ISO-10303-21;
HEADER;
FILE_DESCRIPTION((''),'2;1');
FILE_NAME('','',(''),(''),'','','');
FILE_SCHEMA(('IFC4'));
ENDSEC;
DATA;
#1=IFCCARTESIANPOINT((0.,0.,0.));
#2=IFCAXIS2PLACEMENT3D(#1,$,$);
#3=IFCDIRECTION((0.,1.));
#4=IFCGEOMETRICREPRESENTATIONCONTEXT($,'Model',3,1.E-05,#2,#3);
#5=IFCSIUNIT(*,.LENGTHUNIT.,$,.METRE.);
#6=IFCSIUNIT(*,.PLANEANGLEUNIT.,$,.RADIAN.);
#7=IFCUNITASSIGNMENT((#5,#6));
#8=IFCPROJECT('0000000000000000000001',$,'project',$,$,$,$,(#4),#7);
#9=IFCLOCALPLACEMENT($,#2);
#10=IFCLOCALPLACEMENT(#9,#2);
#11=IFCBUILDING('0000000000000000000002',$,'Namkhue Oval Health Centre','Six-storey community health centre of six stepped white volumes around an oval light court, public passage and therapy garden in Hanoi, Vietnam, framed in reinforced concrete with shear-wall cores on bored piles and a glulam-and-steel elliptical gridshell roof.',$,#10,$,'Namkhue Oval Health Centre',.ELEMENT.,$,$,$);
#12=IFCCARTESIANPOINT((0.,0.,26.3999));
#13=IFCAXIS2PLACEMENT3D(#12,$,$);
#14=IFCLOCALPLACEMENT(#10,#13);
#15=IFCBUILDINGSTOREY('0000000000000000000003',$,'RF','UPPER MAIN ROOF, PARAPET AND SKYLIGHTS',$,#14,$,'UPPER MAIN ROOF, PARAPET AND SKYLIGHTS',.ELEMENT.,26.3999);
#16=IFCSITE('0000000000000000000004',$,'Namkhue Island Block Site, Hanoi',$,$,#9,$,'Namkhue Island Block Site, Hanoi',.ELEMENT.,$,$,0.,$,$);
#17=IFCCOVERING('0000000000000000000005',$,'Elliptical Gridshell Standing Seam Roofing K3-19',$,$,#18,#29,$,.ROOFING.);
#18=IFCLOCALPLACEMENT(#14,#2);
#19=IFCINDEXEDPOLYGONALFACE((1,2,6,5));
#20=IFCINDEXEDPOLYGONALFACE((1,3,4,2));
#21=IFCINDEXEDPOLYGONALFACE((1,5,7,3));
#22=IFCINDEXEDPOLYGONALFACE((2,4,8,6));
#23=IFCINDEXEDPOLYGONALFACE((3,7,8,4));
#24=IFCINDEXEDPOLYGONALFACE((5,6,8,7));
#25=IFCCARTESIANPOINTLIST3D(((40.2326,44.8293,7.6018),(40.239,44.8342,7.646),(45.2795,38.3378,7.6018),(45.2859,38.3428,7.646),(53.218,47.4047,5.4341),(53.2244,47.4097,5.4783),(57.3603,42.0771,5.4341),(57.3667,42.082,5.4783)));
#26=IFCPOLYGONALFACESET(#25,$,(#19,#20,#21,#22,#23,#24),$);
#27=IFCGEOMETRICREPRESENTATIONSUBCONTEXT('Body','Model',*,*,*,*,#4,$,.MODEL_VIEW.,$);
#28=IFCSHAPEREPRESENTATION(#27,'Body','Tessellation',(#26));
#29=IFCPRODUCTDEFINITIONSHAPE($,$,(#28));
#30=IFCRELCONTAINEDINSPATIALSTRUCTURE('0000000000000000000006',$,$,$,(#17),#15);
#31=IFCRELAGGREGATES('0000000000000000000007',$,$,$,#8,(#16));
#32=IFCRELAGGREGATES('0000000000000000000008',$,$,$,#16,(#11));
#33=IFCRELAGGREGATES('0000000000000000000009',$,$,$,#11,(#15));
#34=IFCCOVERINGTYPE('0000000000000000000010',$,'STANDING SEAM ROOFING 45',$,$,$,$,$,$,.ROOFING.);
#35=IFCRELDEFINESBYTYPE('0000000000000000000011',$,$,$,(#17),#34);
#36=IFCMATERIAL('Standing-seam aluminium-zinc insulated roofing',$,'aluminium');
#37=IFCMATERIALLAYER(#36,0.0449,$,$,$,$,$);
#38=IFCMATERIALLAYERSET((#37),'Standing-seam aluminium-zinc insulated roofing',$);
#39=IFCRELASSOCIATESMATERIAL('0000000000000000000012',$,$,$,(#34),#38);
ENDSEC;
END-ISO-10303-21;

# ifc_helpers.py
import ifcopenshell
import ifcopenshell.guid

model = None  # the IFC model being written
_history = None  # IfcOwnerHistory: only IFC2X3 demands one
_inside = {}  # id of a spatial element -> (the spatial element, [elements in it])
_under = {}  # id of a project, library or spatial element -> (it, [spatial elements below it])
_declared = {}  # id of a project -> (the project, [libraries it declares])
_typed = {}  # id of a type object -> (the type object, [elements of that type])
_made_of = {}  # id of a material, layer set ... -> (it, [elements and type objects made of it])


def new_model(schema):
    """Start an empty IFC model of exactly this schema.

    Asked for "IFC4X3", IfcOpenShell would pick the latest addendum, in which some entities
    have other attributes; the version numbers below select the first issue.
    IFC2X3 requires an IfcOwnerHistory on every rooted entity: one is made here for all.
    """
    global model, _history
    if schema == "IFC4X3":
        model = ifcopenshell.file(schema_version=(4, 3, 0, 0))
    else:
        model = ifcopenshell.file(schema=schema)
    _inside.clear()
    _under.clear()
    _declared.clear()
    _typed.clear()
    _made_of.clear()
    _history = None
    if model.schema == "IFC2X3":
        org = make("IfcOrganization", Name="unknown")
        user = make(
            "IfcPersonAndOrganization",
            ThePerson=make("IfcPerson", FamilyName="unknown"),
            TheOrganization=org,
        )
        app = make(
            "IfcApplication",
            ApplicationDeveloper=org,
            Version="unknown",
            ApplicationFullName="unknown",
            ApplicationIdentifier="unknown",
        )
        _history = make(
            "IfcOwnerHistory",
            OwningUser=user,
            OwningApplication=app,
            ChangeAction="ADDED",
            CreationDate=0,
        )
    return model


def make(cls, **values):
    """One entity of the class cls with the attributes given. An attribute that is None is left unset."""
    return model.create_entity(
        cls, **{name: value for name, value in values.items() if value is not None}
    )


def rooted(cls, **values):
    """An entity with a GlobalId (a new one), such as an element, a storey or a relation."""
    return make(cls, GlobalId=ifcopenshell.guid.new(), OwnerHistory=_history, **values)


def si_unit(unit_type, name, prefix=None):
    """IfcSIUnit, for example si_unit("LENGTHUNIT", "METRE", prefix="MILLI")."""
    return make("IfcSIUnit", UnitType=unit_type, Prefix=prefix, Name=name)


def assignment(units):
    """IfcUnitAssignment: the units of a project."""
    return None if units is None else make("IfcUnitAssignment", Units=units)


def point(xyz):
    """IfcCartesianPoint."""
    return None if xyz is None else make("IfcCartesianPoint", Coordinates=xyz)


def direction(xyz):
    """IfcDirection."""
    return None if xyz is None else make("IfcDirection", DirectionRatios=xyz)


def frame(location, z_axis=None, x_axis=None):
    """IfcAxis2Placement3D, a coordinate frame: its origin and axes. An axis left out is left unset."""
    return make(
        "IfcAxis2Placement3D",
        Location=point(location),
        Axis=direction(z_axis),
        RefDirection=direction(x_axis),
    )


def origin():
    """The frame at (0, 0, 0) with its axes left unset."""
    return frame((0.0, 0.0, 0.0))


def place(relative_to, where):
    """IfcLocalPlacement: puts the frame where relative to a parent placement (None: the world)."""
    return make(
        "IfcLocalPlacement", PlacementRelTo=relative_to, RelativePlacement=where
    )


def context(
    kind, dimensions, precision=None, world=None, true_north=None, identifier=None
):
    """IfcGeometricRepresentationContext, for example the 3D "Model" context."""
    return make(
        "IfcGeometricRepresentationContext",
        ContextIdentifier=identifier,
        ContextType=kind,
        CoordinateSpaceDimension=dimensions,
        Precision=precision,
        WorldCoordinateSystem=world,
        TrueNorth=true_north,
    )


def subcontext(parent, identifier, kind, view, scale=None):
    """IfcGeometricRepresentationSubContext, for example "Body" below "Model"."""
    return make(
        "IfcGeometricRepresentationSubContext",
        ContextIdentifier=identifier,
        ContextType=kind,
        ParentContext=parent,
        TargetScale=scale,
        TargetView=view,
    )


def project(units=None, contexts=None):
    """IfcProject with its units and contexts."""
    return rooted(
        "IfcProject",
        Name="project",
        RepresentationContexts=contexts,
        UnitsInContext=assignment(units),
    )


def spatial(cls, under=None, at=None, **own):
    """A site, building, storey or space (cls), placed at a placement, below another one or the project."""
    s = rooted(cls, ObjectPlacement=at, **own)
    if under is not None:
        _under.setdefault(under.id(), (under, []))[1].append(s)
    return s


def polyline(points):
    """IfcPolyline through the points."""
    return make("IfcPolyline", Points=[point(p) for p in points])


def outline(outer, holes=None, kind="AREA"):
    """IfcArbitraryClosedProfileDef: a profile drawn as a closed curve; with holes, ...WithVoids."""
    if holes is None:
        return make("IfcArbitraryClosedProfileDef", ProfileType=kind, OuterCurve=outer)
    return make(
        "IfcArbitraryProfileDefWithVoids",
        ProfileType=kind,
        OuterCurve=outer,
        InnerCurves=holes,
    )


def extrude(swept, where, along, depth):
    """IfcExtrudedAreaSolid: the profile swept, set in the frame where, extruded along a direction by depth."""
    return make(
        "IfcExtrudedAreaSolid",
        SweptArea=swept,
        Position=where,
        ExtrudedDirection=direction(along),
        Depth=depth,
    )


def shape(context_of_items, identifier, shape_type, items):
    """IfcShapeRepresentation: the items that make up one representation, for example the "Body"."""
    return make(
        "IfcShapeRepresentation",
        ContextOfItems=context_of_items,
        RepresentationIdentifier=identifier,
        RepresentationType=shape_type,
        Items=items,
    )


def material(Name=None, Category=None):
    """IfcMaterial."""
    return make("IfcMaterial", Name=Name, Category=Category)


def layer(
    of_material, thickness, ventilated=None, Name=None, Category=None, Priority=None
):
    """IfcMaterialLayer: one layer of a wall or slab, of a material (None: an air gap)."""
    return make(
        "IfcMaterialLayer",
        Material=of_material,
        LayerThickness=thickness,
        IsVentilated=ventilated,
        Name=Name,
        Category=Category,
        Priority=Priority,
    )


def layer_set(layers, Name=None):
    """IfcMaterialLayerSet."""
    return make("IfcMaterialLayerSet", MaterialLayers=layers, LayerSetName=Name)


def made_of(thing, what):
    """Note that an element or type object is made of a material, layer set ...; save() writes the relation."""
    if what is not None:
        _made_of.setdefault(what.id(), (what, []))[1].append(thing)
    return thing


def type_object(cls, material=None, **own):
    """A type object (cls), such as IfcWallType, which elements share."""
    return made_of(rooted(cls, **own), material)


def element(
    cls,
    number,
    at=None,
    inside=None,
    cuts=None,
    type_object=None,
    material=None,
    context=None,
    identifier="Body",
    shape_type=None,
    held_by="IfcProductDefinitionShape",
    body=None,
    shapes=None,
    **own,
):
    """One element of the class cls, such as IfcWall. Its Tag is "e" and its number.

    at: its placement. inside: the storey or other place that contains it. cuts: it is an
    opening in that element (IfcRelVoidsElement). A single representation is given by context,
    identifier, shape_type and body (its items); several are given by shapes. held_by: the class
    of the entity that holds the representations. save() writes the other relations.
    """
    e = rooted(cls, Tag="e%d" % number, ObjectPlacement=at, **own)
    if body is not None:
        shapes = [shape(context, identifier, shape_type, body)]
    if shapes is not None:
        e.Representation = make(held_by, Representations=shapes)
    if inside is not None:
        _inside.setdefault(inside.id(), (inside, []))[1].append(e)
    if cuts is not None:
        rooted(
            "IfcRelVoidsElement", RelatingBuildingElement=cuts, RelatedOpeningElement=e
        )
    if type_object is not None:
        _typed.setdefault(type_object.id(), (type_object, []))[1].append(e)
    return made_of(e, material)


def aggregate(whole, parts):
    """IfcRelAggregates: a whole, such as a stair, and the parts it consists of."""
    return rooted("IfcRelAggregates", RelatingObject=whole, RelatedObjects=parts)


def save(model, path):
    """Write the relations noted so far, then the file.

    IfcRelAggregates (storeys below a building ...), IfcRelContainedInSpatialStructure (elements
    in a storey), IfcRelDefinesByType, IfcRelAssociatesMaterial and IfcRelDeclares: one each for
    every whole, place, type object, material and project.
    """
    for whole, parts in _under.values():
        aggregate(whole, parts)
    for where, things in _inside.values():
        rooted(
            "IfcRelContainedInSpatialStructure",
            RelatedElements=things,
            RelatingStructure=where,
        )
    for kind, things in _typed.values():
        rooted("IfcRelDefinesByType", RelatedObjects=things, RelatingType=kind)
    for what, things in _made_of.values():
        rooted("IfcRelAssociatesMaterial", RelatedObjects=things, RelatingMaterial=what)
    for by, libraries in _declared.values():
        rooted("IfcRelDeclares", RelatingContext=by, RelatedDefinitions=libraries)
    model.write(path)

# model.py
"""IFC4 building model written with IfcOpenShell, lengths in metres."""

from ifc_helpers import new_model, si_unit, direction, frame, origin, place, context, subcontext, project, spatial, polyline, outline, extrude, material, layer, layer_set, type_object, element, save


model = new_model("IFC4")

# Units and contexts
model_context = context("Model", 3, precision=1e-05, world=origin(), true_north=direction((0.0, 1.0)))
body_context = subcontext(model_context, "Body", "Model", "MODEL_VIEW")
ifc_project = project(units=[si_unit("LENGTHUNIT", "METRE"), si_unit("PLANEANGLEUNIT", "RADIAN")], contexts=[model_context])

# Site, building, storey
site_placement = place(None, origin())
site = spatial("IfcSite", under=ifc_project, at=site_placement, Name="Namkhue Island Block Site, Hanoi", LongName="Namkhue Island Block Site, Hanoi", CompositionType="ELEMENT", RefElevation=0.0)
building_placement = place(site_placement, origin())
building = spatial("IfcBuilding", under=site, at=building_placement, Name="Namkhue Oval Health Centre", Description="Six-storey community health centre of six stepped white volumes around an oval light court, public passage and therapy garden in Hanoi, Vietnam, framed in reinforced concrete with shear-wall cores on bored piles and a glulam-and-steel elliptical gridshell roof.", LongName="Namkhue Oval Health Centre", CompositionType="ELEMENT")
storey_placement = place(building_placement, frame((0.0, 0.0, 26.3999)))
storey = spatial("IfcBuildingStorey", under=building, at=storey_placement, Name="RF", Description="UPPER MAIN ROOF, PARAPET AND SKYLIGHTS", LongName="UPPER MAIN ROOF, PARAPET AND SKYLIGHTS", CompositionType="ELEMENT", Elevation=26.3999)

# Covering
ifc_material_1 = material(Name="Standing-seam aluminium-zinc insulated roofing", Category="aluminium")
ifc_layer_1 = layer(ifc_material_1, 0.0449)
ifc_layer_set_1 = layer_set([ifc_layer_1], Name="Standing-seam aluminium-zinc insulated roofing")
covering_type_1 = type_object("IfcCoveringType", Name="STANDING SEAM ROOFING 45", PredefinedType="ROOFING", material=ifc_layer_set_1)
covering_1_placement = place(storey_placement, frame((40.239, 44.8342, 7.646), z_axis=(0.142264, 0.110609, 0.983629), x_axis=(0.613787, -0.789472, 0.000003)))
element("IfcCovering", 1, at=covering_1_placement, inside=storey, type_object=covering_type_1, Name="Elliptical Gridshell Standing Seam Roofing K3-19", PredefinedType="ROOFING", context=body_context, shape_type="SweptSolid", body=[
    extrude(outline(polyline([(0.0, 0.0), (8.2225, 0.0), (12.6855, 12.0295), (5.937, 12.0293), (0.0, 0.0)])), origin(), (0.0, 0.0, -1.0), 0.0449),
])

save(model, "model.ifc")
